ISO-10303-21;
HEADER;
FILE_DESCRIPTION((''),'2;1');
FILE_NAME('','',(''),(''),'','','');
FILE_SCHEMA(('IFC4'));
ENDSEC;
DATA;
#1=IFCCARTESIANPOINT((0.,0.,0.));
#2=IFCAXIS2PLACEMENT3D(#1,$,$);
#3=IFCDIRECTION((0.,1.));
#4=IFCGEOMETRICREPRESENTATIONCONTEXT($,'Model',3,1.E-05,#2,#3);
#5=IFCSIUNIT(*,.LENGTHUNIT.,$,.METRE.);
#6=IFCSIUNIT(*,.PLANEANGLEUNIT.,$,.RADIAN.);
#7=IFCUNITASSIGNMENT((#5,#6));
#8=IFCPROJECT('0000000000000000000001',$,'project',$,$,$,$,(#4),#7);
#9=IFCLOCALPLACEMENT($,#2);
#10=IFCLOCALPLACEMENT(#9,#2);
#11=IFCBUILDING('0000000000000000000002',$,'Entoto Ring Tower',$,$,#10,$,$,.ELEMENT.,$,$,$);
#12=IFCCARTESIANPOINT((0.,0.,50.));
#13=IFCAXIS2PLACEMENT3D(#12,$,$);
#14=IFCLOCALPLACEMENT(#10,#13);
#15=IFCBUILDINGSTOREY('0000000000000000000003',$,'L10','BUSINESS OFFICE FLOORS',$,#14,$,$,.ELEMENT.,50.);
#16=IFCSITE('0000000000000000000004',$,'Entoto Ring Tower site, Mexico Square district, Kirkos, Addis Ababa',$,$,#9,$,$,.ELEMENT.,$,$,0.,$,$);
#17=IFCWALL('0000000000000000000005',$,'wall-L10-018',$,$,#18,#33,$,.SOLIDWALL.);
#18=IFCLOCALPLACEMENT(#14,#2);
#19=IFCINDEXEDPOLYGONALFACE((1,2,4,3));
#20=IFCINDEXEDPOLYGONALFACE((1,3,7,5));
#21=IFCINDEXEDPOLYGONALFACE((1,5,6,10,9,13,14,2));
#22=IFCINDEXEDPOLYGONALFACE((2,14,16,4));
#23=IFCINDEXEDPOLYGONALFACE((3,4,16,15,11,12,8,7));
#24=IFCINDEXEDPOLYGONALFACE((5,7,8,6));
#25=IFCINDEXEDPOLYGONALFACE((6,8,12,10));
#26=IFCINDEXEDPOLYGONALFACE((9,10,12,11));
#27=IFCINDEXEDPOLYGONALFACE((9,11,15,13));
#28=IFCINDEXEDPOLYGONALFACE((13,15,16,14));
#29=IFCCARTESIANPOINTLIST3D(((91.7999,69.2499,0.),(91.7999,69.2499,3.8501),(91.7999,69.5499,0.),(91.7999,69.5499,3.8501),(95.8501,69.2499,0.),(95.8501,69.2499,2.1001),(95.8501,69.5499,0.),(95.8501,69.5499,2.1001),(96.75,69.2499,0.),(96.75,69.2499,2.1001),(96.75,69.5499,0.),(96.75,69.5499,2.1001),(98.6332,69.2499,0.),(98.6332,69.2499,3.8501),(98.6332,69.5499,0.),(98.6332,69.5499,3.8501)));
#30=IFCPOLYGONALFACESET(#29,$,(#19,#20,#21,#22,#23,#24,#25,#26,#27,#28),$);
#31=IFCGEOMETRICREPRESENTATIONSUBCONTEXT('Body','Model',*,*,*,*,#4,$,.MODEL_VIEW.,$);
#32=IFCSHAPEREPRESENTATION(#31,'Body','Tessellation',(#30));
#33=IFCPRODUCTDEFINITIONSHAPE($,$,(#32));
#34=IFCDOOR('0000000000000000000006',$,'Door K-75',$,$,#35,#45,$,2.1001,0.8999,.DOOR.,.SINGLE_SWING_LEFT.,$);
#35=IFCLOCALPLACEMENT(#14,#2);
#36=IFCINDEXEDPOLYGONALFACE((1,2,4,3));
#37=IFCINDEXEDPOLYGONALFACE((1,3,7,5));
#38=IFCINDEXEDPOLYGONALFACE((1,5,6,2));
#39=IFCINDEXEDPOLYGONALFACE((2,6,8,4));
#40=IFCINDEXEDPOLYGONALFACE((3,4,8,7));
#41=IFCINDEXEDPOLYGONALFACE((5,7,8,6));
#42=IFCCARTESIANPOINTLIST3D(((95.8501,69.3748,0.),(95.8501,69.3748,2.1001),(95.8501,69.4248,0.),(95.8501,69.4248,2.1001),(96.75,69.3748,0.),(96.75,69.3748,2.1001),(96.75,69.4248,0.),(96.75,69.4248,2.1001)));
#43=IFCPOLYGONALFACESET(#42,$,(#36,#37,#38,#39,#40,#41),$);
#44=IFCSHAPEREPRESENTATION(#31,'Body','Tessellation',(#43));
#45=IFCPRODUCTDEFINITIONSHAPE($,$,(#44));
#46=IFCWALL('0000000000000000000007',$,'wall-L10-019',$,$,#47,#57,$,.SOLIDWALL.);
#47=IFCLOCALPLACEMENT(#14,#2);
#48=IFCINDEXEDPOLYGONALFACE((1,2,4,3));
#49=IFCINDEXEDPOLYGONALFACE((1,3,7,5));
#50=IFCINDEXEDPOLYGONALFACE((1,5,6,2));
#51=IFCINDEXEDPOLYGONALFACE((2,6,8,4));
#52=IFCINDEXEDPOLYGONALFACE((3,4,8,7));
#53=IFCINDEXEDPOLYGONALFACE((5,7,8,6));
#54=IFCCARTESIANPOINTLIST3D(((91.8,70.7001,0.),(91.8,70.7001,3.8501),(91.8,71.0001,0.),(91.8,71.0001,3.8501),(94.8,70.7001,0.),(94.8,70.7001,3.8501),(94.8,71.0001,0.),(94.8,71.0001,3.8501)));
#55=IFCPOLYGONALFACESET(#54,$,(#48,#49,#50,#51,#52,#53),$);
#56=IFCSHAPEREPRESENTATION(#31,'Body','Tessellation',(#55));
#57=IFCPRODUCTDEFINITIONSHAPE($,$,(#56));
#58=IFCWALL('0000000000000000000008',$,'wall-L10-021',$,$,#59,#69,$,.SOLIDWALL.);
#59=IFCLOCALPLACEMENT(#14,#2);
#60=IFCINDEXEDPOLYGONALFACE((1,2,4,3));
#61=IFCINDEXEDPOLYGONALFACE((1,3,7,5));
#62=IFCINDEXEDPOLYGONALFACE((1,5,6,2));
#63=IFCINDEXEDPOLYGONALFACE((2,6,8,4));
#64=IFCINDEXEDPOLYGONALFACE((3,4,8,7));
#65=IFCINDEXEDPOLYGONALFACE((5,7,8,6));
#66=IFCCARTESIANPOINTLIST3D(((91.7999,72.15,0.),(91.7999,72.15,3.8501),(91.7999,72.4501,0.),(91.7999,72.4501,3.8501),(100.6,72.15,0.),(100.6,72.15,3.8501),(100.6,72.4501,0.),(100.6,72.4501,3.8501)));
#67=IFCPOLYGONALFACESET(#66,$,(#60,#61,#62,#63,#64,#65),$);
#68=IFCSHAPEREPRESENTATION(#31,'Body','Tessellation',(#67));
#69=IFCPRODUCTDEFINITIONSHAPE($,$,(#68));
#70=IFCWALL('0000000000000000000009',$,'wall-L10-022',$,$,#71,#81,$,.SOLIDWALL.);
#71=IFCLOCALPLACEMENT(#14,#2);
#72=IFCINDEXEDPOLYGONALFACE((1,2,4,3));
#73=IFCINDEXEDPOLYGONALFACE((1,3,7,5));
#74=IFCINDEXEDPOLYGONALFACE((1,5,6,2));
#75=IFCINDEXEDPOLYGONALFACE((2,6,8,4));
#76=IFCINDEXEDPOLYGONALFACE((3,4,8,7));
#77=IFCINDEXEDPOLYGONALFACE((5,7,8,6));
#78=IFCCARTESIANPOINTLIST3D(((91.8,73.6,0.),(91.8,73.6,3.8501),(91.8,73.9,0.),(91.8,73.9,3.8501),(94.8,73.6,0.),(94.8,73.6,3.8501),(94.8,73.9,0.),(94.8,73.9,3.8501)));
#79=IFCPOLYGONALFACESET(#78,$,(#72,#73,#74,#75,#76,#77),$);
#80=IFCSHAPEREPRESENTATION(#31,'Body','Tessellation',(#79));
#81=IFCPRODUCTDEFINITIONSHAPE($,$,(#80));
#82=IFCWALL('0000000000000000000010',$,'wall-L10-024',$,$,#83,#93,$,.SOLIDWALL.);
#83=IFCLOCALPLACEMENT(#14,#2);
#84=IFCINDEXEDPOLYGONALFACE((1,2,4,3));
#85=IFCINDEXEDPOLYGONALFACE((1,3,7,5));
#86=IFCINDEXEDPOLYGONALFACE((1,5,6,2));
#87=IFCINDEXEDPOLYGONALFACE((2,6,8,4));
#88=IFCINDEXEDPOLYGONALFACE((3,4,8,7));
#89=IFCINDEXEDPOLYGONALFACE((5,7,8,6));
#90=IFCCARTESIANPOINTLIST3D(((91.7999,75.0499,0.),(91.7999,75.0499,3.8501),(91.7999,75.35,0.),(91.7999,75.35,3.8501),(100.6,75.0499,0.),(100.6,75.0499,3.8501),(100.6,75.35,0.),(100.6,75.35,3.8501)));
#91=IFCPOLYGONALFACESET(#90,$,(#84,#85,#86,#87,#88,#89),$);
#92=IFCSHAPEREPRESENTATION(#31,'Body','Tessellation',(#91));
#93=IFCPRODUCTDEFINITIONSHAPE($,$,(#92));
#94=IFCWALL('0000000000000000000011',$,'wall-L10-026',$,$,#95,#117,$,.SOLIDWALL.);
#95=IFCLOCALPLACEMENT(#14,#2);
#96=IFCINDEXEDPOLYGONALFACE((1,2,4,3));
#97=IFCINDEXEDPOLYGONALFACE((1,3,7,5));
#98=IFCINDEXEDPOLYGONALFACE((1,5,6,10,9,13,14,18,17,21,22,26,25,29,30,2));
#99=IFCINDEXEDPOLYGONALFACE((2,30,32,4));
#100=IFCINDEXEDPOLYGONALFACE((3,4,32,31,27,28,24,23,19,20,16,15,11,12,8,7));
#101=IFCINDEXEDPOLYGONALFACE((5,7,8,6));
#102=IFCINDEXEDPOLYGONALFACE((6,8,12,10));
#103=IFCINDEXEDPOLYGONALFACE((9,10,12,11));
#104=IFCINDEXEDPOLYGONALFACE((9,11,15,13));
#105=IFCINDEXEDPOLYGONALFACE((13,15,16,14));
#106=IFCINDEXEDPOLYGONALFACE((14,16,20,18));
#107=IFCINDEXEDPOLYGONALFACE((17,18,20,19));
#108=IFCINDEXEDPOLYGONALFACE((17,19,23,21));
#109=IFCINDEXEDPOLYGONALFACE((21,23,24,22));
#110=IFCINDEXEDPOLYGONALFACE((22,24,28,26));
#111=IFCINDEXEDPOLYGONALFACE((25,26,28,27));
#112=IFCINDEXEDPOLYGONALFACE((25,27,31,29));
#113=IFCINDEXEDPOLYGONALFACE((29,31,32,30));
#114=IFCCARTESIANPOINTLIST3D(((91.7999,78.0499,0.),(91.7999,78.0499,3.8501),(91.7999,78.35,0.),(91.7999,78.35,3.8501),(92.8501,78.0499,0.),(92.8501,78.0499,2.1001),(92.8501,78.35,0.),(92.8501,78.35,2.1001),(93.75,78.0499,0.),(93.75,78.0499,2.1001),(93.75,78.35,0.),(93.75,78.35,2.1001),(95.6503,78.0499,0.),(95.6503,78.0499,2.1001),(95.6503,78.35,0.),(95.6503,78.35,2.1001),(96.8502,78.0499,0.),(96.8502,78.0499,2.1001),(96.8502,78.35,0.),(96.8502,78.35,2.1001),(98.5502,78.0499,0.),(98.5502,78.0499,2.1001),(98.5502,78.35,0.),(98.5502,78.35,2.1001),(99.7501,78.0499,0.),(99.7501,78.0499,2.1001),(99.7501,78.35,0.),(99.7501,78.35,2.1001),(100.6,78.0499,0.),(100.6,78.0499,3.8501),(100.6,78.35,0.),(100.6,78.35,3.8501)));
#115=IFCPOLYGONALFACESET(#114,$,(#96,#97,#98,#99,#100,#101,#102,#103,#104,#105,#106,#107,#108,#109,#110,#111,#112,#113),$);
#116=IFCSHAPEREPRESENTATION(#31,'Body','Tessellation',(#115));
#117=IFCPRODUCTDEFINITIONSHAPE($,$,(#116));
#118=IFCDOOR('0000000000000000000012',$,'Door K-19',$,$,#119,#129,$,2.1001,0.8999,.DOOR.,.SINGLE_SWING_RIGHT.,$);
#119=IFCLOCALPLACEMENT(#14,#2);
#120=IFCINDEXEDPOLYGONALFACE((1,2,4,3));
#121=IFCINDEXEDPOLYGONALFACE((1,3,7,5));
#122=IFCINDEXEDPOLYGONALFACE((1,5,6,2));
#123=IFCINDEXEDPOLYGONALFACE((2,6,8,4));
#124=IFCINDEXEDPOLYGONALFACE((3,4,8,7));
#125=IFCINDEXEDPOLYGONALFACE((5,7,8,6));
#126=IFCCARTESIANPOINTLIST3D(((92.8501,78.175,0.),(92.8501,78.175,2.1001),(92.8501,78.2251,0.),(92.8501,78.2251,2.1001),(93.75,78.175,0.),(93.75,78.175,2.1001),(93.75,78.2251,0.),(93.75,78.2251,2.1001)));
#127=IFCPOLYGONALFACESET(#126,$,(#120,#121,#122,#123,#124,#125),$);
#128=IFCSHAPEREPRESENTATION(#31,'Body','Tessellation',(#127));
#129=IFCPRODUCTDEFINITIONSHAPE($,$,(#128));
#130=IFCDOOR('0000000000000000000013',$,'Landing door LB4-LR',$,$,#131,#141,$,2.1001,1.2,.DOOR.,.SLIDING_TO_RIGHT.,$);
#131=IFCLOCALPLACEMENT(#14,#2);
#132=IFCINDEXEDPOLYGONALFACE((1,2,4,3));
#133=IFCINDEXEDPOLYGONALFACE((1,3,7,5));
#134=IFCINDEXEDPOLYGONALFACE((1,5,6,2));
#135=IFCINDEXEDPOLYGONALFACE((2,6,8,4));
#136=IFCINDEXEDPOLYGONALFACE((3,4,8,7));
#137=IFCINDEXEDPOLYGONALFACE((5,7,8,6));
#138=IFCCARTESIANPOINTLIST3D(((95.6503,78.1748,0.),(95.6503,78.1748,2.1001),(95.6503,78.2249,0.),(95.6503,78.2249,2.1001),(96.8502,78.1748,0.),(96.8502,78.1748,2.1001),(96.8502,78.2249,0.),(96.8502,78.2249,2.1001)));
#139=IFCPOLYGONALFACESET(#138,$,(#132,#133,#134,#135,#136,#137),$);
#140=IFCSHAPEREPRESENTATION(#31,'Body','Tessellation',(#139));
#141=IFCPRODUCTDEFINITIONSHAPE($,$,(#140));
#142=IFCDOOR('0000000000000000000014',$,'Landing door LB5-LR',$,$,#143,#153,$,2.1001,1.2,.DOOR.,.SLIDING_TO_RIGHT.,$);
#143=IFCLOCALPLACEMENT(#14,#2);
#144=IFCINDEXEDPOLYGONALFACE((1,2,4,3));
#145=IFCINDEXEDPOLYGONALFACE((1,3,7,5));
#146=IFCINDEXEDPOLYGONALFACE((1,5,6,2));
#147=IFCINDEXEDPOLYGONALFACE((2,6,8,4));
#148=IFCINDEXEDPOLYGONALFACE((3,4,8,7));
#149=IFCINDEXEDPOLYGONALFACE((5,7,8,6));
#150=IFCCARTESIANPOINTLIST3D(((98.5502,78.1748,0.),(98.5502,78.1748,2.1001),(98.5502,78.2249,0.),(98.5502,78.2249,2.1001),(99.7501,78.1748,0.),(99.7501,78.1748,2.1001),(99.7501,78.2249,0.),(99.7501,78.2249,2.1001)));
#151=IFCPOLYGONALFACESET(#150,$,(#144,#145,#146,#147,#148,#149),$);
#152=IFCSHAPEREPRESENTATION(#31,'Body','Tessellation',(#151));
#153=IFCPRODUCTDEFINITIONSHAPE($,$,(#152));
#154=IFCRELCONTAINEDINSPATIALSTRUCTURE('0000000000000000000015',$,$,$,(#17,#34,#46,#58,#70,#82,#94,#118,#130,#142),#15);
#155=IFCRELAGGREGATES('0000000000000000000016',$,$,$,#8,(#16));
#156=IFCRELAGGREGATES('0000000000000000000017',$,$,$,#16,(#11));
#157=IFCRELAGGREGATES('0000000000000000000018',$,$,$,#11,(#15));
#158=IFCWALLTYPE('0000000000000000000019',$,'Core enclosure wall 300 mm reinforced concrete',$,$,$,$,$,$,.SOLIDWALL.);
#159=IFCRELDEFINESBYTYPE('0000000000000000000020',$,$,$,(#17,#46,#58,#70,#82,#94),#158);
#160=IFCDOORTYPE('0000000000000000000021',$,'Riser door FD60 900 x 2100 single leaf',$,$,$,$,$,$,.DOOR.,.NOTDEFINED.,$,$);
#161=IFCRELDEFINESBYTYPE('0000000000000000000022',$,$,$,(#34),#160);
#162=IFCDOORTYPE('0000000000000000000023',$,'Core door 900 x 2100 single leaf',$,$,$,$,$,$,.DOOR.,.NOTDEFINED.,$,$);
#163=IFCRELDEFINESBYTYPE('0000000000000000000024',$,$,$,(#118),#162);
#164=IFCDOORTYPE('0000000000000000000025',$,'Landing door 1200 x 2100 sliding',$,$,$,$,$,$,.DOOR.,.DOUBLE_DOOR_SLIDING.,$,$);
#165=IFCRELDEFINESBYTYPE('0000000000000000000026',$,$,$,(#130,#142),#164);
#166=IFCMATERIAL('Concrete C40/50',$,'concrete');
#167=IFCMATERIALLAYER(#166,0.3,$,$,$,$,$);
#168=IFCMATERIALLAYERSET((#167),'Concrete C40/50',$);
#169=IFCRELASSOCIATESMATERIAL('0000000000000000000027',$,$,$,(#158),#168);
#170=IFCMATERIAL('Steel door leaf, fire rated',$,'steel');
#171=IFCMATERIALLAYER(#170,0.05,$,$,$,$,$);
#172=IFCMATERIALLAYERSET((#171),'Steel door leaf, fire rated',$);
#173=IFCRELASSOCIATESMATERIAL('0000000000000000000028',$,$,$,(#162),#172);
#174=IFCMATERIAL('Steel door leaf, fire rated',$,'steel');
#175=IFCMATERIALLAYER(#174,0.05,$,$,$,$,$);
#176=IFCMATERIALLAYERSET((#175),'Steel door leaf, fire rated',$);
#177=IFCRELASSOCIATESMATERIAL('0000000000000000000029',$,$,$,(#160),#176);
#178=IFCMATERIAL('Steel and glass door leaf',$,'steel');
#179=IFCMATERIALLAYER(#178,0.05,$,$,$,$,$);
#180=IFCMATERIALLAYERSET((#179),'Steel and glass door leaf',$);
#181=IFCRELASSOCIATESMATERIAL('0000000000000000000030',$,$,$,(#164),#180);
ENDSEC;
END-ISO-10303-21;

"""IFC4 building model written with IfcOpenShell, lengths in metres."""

from ifc_helpers import new_model, si_unit, direction, frame, frame_2d, origin, place, context, subcontext, project, spatial, rectangle, extrude, material, layer, layer_set, type_object, element, fill, save


model = new_model("IFC4")

# Units and contexts
model_context = context("Model", 3, precision=1e-05, world=origin(), true_north=direction((0.0, 1.0)))
body_context = subcontext(model_context, "Body", "Model", "MODEL_VIEW")
ifc_project = project(units=[si_unit("LENGTHUNIT", "METRE"), si_unit("PLANEANGLEUNIT", "RADIAN")], contexts=[model_context])

# Site, building, storey
site_placement = place(None, origin())
site = spatial("IfcSite", under=ifc_project, at=site_placement, Name="Entoto Ring Tower site, Mexico Square district, Kirkos, Addis Ababa", CompositionType="ELEMENT", RefElevation=0.0)
building_placement = place(site_placement, origin())
building = spatial("IfcBuilding", under=site, at=building_placement, Name="Entoto Ring Tower", CompositionType="ELEMENT")
storey_placement = place(building_placement, frame((0.0, 0.0, 50.0)))
storey = spatial("IfcBuildingStorey", under=building, at=storey_placement, Name="L10", Description="BUSINESS OFFICE FLOORS", CompositionType="ELEMENT", Elevation=50.0)

# Shared definitions
ifc_material_1 = material(Name="Concrete C40/50", Category="concrete")
ifc_layer_1 = layer(ifc_material_1, 0.3)
ifc_layer_set_1 = layer_set([ifc_layer_1], Name="Concrete C40/50")
wall_type = type_object("IfcWallType", Name="Core enclosure wall 300 mm reinforced concrete", PredefinedType="SOLIDWALL", material=ifc_layer_set_1)

# Shared definitions
ifc_material_2 = material(Name="Steel door leaf, fire rated", Category="steel")
ifc_layer_2 = layer(ifc_material_2, 0.05)
ifc_layer_set_2 = layer_set([ifc_layer_2], Name="Steel door leaf, fire rated")
door_type_1 = type_object("IfcDoorType", Name="Core door 900 x 2100 single leaf", OperationType="NOTDEFINED", PredefinedType="DOOR", material=ifc_layer_set_2)

# Wall, opening, door
wall_1_placement = place(storey_placement, frame((91.8, 69.3999, 0.0), z_axis=(0.0, 0.0, 1.0), x_axis=(1.0, 0.0, 0.0)))
wall_1 = element("IfcWall", 1, at=wall_1_placement, inside=storey, type_object=wall_type, Name="wall-L10-018", PredefinedType="SOLIDWALL", context=body_context, shape_type="SweptSolid", body=[
    extrude(rectangle(XDim=6.8333, YDim=0.3, at=frame_2d((3.4165, 0.0))), origin(), (0.0, 0.0, 1.0), 3.8501),
])
opening_1_placement = place(wall_1_placement, frame((4.05, 0.0, 0.0)))
opening_1 = element("IfcOpeningElement", 2, at=opening_1_placement, cuts=wall_1, PredefinedType="OPENING", context=body_context, shape_type="SweptSolid", body=[
    extrude(rectangle(XDim=0.8999, YDim=2.1001, at=frame_2d((0.45, 1.05))), frame((0.0, 0.1602, 0.0), z_axis=(0.0, -1.0, 0.0), x_axis=(1.0, 0.0, 0.0)), (0.0, 0.0, 1.0), 0.3201),
])
ifc_material_3 = material(Name="Steel door leaf, fire rated", Category="steel")
ifc_layer_3 = layer(ifc_material_3, 0.05)
ifc_layer_set_3 = layer_set([ifc_layer_3], Name="Steel door leaf, fire rated")
door_type_2 = type_object("IfcDoorType", Name="Riser door FD60 900 x 2100 single leaf", OperationType="NOTDEFINED", PredefinedType="DOOR", material=ifc_layer_set_3)
door_1_placement = place(opening_1_placement, origin())
door_1 = element("IfcDoor", 3, at=door_1_placement, inside=storey, type_object=door_type_2, Name="Door K-75", OperationType="SINGLE_SWING_LEFT", OverallHeight=2.1001, OverallWidth=0.8999, PredefinedType="DOOR", context=body_context, shape_type="SweptSolid", body=[
    extrude(rectangle(XDim=0.8999, YDim=2.1001, at=frame_2d((0.45, 1.05))), frame((0.0, 0.0249, 0.0), z_axis=(0.0, -1.0, 0.0), x_axis=(1.0, 0.0, 0.0)), (0.0, 0.0, 1.0), 0.05),
])
fill(opening_1, door_1)

# Walls
wall_2_placement = place(storey_placement, frame((91.8, 70.8501, 0.0), z_axis=(0.0, 0.0, 1.0), x_axis=(1.0, 0.0, 0.0)))
element("IfcWall", 4, at=wall_2_placement, inside=storey, type_object=wall_type, Name="wall-L10-019", PredefinedType="SOLIDWALL", context=body_context, shape_type="SweptSolid", body=[
    extrude(rectangle(XDim=3.0, YDim=0.3, at=frame_2d((1.5, 0.0))), origin(), (0.0, 0.0, 1.0), 3.8501),
])
wall_3_placement = place(storey_placement, frame((91.8, 72.3, 0.0), z_axis=(0.0, 0.0, 1.0), x_axis=(1.0, 0.0, 0.0)))
element("IfcWall", 5, at=wall_3_placement, inside=storey, type_object=wall_type, Name="wall-L10-021", PredefinedType="SOLIDWALL", context=body_context, shape_type="SweptSolid", body=[
    extrude(rectangle(XDim=8.8, YDim=0.3, at=frame_2d((4.3999, 0.0))), origin(), (0.0, 0.0, 1.0), 3.8501),
])
wall_4_placement = place(storey_placement, frame((91.8, 73.75, 0.0), z_axis=(0.0, 0.0, 1.0), x_axis=(1.0, 0.0, 0.0)))
element("IfcWall", 6, at=wall_4_placement, inside=storey, type_object=wall_type, Name="wall-L10-022", PredefinedType="SOLIDWALL", context=body_context, shape_type="SweptSolid", body=[
    extrude(rectangle(XDim=3.0, YDim=0.3, at=frame_2d((1.5, 0.0))), origin(), (0.0, 0.0, 1.0), 3.8501),
])
wall_5_placement = place(storey_placement, frame((91.8, 75.2, 0.0), z_axis=(0.0, 0.0, 1.0), x_axis=(1.0, 0.0, 0.0)))
element("IfcWall", 7, at=wall_5_placement, inside=storey, type_object=wall_type, Name="wall-L10-024", PredefinedType="SOLIDWALL", context=body_context, shape_type="SweptSolid", body=[
    extrude(rectangle(XDim=8.8, YDim=0.3, at=frame_2d((4.3999, 0.0))), origin(), (0.0, 0.0, 1.0), 3.8501),
])

# Wall, openings, doors
wall_6_placement = place(storey_placement, frame((91.8, 78.2, 0.0), z_axis=(0.0, 0.0, 1.0), x_axis=(1.0, 0.0, 0.0)))
wall_6 = element("IfcWall", 8, at=wall_6_placement, inside=storey, type_object=wall_type, Name="wall-L10-026", PredefinedType="SOLIDWALL", context=body_context, shape_type="SweptSolid", body=[
    extrude(rectangle(XDim=8.8, YDim=0.3, at=frame_2d((4.3999, 0.0))), origin(), (0.0, 0.0, 1.0), 3.8501),
])
opening_2_placement = place(wall_6_placement, frame((3.8501, 0.0, 0.0)))
opening_2 = element("IfcOpeningElement", 9, at=opening_2_placement, cuts=wall_6, PredefinedType="OPENING", context=body_context, shape_type="SweptSolid", body=[
    extrude(rectangle(XDim=1.2, YDim=2.1001, at=frame_2d((0.6001, 1.05))), frame((0.0, 0.1602, 0.0), z_axis=(0.0, -1.0, 0.0), x_axis=(1.0, 0.0, 0.0)), (0.0, 0.0, 1.0), 0.3201),
])
opening_3_placement = place(wall_6_placement, frame((6.75, 0.0, 0.0)))
opening_3 = element("IfcOpeningElement", 10, at=opening_3_placement, cuts=wall_6, PredefinedType="OPENING", context=body_context, shape_type="SweptSolid", body=[
    extrude(rectangle(XDim=1.2, YDim=2.1001, at=frame_2d((0.6001, 1.05))), frame((0.0, 0.1602, 0.0), z_axis=(0.0, -1.0, 0.0), x_axis=(1.0, 0.0, 0.0)), (0.0, 0.0, 1.0), 0.3201),
])
opening_4_placement = place(wall_6_placement, frame((1.05, 0.0, 0.0)))
opening_4 = element("IfcOpeningElement", 11, at=opening_4_placement, cuts=wall_6, PredefinedType="OPENING", context=body_context, shape_type="SweptSolid", body=[
    extrude(rectangle(XDim=0.8999, YDim=2.1001, at=frame_2d((0.45, 1.05))), frame((0.0, 0.1602, 0.0), z_axis=(0.0, -1.0, 0.0), x_axis=(1.0, 0.0, 0.0)), (0.0, 0.0, 1.0), 0.3201),
])
door_2_placement = place(opening_4_placement, frame((0.8999, 0.0, 0.0), z_axis=(0.0, 0.0, 1.0), x_axis=(-1.0, 0.0, 0.0)))
door_2 = element("IfcDoor", 12, at=door_2_placement, inside=storey, type_object=door_type_1, Name="Door K-19", OperationType="SINGLE_SWING_RIGHT", OverallHeight=2.1001, OverallWidth=0.8999, PredefinedType="DOOR", context=body_context, shape_type="SweptSolid", body=[
    extrude(rectangle(XDim=0.8999, YDim=2.1001, at=frame_2d((0.45, 1.05))), frame((0.0, 0.0249, 0.0), z_axis=(0.0, -1.0, 0.0), x_axis=(1.0, 0.0, 0.0)), (0.0, 0.0, 1.0), 0.05),
])
fill(opening_4, door_2)
ifc_material_4 = material(Name="Steel and glass door leaf", Category="steel")
ifc_layer_4 = layer(ifc_material_4, 0.05)
ifc_layer_set_4 = layer_set([ifc_layer_4], Name="Steel and glass door leaf")
door_type_3 = type_object("IfcDoorType", Name="Landing door 1200 x 2100 sliding", OperationType="DOUBLE_DOOR_SLIDING", PredefinedType="DOOR", material=ifc_layer_set_4)
door_3_placement = place(opening_2_placement, origin())
door_3 = element("IfcDoor", 13, at=door_3_placement, inside=storey, type_object=door_type_3, Name="Landing door LB4-LR", OperationType="SLIDING_TO_RIGHT", OverallHeight=2.1001, OverallWidth=1.2, PredefinedType="DOOR", context=body_context, shape_type="SweptSolid", body=[
    extrude(rectangle(XDim=1.2, YDim=2.1001, at=frame_2d((0.6001, 1.05))), frame((0.0, 0.0249, 0.0), z_axis=(0.0, -1.0, 0.0), x_axis=(1.0, 0.0, 0.0)), (0.0, 0.0, 1.0), 0.05),
])
fill(opening_2, door_3)
door_4_placement = place(opening_3_placement, origin())
door_4 = element("IfcDoor", 14, at=door_4_placement, inside=storey, type_object=door_type_3, Name="Landing door LB5-LR", OperationType="SLIDING_TO_RIGHT", OverallHeight=2.1001, OverallWidth=1.2, PredefinedType="DOOR", context=body_context, shape_type="SweptSolid", body=[
    extrude(rectangle(XDim=1.2, YDim=2.1001, at=frame_2d((0.6001, 1.05))), frame((0.0, 0.0249, 0.0), z_axis=(0.0, -1.0, 0.0), x_axis=(1.0, 0.0, 0.0)), (0.0, 0.0, 1.0), 0.05),
])
fill(opening_3, door_4)

save(model, "model.ifc")
